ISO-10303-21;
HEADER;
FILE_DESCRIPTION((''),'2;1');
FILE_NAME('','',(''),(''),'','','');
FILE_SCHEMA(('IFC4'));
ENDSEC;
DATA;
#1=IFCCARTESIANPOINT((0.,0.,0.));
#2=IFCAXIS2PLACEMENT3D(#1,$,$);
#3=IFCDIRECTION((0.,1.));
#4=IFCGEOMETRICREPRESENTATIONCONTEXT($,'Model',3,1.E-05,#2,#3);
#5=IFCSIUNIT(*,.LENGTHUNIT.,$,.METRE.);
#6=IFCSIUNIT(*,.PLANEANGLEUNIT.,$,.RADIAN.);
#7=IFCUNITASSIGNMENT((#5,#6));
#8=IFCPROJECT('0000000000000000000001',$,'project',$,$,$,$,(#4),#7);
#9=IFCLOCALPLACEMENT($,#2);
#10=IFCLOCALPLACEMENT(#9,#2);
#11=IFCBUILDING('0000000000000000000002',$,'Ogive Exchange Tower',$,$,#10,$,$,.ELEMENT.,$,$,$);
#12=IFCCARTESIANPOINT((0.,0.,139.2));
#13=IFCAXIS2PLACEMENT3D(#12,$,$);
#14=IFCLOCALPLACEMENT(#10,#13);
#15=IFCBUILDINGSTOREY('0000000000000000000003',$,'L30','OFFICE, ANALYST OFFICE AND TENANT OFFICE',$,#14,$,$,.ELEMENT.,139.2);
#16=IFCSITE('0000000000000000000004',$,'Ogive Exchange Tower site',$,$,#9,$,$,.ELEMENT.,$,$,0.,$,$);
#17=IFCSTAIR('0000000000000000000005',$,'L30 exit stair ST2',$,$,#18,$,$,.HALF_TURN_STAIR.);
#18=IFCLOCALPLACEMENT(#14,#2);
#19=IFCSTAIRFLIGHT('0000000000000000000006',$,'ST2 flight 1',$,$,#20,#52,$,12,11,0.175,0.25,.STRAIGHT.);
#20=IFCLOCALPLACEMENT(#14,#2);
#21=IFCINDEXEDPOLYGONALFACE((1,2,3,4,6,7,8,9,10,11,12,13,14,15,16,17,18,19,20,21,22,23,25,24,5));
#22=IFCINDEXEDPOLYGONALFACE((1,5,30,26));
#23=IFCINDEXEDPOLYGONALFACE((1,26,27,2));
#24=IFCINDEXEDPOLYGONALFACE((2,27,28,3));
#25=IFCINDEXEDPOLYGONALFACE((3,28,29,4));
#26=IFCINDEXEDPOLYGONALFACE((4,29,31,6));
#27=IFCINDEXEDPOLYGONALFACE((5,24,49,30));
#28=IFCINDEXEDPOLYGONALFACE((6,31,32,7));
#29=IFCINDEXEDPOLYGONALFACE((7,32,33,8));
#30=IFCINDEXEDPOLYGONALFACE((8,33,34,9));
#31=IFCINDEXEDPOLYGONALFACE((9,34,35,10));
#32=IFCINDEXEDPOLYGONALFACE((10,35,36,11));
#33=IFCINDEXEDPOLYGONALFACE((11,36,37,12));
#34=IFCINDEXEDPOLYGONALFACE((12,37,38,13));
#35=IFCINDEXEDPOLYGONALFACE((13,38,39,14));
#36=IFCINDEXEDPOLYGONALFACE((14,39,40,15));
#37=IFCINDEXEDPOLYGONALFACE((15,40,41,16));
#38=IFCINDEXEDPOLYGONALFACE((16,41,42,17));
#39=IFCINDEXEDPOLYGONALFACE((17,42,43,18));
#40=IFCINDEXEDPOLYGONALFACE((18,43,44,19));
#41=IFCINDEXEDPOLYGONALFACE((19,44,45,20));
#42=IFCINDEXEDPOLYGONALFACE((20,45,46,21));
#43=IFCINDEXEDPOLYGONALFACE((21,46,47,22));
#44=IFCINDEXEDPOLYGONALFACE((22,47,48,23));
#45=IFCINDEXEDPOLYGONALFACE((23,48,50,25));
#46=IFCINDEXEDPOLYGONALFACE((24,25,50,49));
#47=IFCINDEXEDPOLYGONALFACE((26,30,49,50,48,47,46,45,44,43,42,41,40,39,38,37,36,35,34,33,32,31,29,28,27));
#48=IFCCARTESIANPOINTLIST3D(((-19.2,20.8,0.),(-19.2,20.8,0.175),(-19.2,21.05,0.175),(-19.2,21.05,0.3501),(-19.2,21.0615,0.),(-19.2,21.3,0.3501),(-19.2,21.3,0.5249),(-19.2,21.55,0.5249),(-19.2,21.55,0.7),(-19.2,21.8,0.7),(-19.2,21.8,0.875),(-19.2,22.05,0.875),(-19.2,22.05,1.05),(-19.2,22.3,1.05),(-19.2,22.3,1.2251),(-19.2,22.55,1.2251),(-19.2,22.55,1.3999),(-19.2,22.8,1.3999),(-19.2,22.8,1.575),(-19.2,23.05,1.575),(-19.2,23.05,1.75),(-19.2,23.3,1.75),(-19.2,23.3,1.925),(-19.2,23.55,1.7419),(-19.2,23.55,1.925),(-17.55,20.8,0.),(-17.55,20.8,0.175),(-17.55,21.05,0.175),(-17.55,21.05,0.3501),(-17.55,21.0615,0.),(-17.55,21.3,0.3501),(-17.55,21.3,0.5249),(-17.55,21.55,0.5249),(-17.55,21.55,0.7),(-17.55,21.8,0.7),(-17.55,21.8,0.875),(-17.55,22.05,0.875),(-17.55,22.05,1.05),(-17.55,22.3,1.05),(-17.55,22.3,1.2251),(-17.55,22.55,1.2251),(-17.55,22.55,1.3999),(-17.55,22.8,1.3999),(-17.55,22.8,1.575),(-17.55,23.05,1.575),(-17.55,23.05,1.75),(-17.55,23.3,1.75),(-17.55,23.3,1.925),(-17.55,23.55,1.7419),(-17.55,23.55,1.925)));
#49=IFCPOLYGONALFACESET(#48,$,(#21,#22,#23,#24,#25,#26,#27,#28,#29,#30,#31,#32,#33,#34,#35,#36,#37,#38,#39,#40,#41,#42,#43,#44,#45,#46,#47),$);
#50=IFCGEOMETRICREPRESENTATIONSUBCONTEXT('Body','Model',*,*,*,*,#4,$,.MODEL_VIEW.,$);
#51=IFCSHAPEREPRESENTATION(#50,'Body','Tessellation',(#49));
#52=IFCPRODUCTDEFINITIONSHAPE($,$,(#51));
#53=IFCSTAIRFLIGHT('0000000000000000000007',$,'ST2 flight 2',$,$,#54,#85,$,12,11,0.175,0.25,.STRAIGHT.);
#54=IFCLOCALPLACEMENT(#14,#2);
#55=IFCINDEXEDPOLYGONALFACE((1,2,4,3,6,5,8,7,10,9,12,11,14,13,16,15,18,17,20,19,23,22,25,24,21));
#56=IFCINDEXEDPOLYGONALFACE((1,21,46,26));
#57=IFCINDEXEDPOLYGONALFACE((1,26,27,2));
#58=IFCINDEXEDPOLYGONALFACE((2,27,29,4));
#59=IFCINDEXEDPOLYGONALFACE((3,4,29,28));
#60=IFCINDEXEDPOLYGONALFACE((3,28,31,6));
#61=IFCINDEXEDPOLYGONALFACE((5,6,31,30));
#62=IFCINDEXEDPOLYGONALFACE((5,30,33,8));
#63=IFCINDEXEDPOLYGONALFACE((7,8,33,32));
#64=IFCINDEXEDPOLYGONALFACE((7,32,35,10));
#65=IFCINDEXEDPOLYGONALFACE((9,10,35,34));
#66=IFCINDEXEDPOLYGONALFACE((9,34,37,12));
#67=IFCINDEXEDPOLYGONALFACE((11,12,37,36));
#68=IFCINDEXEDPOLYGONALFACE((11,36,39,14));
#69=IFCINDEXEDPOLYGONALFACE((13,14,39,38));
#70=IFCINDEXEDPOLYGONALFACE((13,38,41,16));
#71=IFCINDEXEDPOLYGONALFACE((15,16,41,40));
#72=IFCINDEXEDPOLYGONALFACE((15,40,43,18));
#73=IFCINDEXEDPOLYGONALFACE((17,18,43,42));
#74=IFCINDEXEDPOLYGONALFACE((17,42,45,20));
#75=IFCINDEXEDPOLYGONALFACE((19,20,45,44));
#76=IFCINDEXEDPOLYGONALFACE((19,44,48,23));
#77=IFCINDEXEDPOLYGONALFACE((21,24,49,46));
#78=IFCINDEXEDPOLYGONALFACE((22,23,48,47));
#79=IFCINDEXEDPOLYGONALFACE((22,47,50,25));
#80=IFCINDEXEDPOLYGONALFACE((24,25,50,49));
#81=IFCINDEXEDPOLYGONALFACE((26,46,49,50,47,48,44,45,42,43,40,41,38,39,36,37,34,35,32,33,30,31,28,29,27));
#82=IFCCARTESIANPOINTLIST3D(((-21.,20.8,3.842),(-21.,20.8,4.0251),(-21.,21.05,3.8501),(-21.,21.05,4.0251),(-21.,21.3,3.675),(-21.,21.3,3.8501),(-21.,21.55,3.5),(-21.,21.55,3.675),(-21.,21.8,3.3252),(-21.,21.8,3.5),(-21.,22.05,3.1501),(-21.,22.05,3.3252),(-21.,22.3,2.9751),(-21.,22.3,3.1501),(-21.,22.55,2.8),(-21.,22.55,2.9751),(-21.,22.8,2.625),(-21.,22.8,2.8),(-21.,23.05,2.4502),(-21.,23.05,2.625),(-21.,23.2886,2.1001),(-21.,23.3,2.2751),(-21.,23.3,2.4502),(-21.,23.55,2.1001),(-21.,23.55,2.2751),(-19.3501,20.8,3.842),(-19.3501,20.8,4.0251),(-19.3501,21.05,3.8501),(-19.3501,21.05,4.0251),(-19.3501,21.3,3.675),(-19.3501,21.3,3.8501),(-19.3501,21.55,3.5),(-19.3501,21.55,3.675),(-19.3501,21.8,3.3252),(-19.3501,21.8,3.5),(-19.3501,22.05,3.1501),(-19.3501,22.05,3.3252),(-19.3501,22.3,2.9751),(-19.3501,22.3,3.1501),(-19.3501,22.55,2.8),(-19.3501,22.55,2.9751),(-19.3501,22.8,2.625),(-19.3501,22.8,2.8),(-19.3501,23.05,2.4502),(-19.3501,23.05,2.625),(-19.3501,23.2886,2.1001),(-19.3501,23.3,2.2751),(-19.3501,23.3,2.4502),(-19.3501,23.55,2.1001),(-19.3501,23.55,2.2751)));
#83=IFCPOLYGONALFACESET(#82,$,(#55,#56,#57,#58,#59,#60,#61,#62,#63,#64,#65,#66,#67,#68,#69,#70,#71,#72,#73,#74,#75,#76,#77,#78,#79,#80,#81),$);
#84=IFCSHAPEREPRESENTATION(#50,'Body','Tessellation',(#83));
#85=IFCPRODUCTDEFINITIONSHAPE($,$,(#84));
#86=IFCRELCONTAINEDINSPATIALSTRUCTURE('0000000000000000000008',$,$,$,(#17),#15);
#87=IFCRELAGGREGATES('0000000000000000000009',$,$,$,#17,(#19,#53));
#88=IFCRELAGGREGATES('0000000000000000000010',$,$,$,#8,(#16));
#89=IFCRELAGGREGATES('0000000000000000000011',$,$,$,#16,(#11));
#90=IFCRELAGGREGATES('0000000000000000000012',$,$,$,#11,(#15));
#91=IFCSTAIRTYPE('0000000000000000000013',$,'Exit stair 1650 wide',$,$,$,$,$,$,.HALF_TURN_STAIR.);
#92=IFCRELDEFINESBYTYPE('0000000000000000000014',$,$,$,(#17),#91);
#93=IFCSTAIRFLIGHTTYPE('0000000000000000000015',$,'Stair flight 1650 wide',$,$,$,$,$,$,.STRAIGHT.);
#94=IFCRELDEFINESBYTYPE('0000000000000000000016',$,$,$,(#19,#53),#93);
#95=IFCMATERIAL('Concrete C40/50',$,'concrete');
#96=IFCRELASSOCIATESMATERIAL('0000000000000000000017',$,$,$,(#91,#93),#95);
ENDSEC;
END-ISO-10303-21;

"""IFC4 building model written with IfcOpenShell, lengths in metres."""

from ifc_helpers import new_model, si_unit, direction, frame, origin, place, context, subcontext, project, spatial, polyline, outline, extrude, material, type_object, element, aggregate, save


model = new_model("IFC4")

# Units and contexts
model_context = context("Model", 3, precision=1e-05, world=origin(), true_north=direction((0.0, 1.0)))
body_context = subcontext(model_context, "Body", "Model", "MODEL_VIEW")
ifc_project = project(units=[si_unit("LENGTHUNIT", "METRE"), si_unit("PLANEANGLEUNIT", "RADIAN")], contexts=[model_context])

# Site, building, storey
site_placement = place(None, origin())
site = spatial("IfcSite", under=ifc_project, at=site_placement, Name="Ogive Exchange Tower site", CompositionType="ELEMENT", RefElevation=0.0)
building_placement = place(site_placement, origin())
building = spatial("IfcBuilding", under=site, at=building_placement, Name="Ogive Exchange Tower", CompositionType="ELEMENT")
storey_placement = place(building_placement, frame((0.0, 0.0, 139.2)))
storey = spatial("IfcBuildingStorey", under=building, at=storey_placement, Name="L30", Description="OFFICE, ANALYST OFFICE AND TENANT OFFICE", CompositionType="ELEMENT", Elevation=139.2)

# Stair, stair flights
ifc_material_1 = material(Name="Concrete C40/50", Category="concrete")
stair_type = type_object("IfcStairType", Name="Exit stair 1650 wide", PredefinedType="HALF_TURN_STAIR", material=ifc_material_1)
stair_placement = place(storey_placement, origin())
stair = element("IfcStair", 1, at=stair_placement, inside=storey, type_object=stair_type, Name="L30 exit stair ST2", PredefinedType="HALF_TURN_STAIR")
stair_flight_type = type_object("IfcStairFlightType", Name="Stair flight 1650 wide", PredefinedType="STRAIGHT", material=ifc_material_1)
stair_flight_1_placement = place(storey_placement, frame((-18.375, 20.8, 0.0), z_axis=(0.0, 0.0, 1.0), x_axis=(0.0, 1.0, 0.0)))
stair_flight_1 = element("IfcStairFlight", 2, at=stair_flight_1_placement, type_object=stair_flight_type, Name="ST2 flight 1", NumberOfRisers=12, NumberOfTreads=11, PredefinedType="STRAIGHT", RiserHeight=0.175, TreadLength=0.25, context=body_context, shape_type="SweptSolid", body=[
    extrude(outline(polyline([(0.0, 0.0), (0.0, 0.175), (0.25, 0.175), (0.25, 0.3501), (0.5, 0.3501), (0.5, 0.5249), (0.75, 0.5249), (0.75, 0.7), (1.0, 0.7), (1.0, 0.875), (1.25, 0.875), (1.25, 1.05), (1.5, 1.05), (1.5, 1.2251), (1.75, 1.2251), (1.75, 1.3999), (2.0, 1.3999), (2.0, 1.575), (2.25, 1.575), (2.25, 1.75), (2.5, 1.75), (2.5, 1.925), (2.75, 1.925), (2.75, 2.1001), (2.75, 1.7419), (0.2615, 0.0), (0.0, 0.0)])), frame((0.0, 0.825, 0.0), z_axis=(0.0, -1.0, 0.0), x_axis=(1.0, 0.0, 0.0)), (0.0, 0.0, 1.0), 1.6499),
])
stair_flight_2_placement = place(storey_placement, frame((-20.175, 23.55, 2.1001), z_axis=(0.0, 0.0, 1.0), x_axis=(0.0, -1.0, 0.0)))
stair_flight_2 = element("IfcStairFlight", 3, at=stair_flight_2_placement, type_object=stair_flight_type, Name="ST2 flight 2", NumberOfRisers=12, NumberOfTreads=11, PredefinedType="STRAIGHT", RiserHeight=0.175, TreadLength=0.25, context=body_context, shape_type="SweptSolid", body=[
    extrude(outline(polyline([(0.0, 0.0), (0.0, 0.175), (0.25, 0.175), (0.25, 0.3501), (0.5, 0.3501), (0.5, 0.5249), (0.75, 0.5249), (0.75, 0.7), (1.0, 0.7), (1.0, 0.875), (1.25, 0.875), (1.25, 1.05), (1.5, 1.05), (1.5, 1.2251), (1.75, 1.2251), (1.75, 1.3999), (2.0, 1.3999), (2.0, 1.575), (2.25, 1.575), (2.25, 1.75), (2.5, 1.75), (2.5, 1.925), (2.75, 1.925), (2.75, 2.1001), (2.75, 1.7419), (0.2615, 0.0), (0.0, 0.0)])), frame((0.0, 0.825, 0.0), z_axis=(0.0, -1.0, 0.0), x_axis=(1.0, 0.0, 0.0)), (0.0, 0.0, 1.0), 1.6499),
])
aggregate(stair, [stair_flight_1, stair_flight_2])

save(model, "model.ifc")
